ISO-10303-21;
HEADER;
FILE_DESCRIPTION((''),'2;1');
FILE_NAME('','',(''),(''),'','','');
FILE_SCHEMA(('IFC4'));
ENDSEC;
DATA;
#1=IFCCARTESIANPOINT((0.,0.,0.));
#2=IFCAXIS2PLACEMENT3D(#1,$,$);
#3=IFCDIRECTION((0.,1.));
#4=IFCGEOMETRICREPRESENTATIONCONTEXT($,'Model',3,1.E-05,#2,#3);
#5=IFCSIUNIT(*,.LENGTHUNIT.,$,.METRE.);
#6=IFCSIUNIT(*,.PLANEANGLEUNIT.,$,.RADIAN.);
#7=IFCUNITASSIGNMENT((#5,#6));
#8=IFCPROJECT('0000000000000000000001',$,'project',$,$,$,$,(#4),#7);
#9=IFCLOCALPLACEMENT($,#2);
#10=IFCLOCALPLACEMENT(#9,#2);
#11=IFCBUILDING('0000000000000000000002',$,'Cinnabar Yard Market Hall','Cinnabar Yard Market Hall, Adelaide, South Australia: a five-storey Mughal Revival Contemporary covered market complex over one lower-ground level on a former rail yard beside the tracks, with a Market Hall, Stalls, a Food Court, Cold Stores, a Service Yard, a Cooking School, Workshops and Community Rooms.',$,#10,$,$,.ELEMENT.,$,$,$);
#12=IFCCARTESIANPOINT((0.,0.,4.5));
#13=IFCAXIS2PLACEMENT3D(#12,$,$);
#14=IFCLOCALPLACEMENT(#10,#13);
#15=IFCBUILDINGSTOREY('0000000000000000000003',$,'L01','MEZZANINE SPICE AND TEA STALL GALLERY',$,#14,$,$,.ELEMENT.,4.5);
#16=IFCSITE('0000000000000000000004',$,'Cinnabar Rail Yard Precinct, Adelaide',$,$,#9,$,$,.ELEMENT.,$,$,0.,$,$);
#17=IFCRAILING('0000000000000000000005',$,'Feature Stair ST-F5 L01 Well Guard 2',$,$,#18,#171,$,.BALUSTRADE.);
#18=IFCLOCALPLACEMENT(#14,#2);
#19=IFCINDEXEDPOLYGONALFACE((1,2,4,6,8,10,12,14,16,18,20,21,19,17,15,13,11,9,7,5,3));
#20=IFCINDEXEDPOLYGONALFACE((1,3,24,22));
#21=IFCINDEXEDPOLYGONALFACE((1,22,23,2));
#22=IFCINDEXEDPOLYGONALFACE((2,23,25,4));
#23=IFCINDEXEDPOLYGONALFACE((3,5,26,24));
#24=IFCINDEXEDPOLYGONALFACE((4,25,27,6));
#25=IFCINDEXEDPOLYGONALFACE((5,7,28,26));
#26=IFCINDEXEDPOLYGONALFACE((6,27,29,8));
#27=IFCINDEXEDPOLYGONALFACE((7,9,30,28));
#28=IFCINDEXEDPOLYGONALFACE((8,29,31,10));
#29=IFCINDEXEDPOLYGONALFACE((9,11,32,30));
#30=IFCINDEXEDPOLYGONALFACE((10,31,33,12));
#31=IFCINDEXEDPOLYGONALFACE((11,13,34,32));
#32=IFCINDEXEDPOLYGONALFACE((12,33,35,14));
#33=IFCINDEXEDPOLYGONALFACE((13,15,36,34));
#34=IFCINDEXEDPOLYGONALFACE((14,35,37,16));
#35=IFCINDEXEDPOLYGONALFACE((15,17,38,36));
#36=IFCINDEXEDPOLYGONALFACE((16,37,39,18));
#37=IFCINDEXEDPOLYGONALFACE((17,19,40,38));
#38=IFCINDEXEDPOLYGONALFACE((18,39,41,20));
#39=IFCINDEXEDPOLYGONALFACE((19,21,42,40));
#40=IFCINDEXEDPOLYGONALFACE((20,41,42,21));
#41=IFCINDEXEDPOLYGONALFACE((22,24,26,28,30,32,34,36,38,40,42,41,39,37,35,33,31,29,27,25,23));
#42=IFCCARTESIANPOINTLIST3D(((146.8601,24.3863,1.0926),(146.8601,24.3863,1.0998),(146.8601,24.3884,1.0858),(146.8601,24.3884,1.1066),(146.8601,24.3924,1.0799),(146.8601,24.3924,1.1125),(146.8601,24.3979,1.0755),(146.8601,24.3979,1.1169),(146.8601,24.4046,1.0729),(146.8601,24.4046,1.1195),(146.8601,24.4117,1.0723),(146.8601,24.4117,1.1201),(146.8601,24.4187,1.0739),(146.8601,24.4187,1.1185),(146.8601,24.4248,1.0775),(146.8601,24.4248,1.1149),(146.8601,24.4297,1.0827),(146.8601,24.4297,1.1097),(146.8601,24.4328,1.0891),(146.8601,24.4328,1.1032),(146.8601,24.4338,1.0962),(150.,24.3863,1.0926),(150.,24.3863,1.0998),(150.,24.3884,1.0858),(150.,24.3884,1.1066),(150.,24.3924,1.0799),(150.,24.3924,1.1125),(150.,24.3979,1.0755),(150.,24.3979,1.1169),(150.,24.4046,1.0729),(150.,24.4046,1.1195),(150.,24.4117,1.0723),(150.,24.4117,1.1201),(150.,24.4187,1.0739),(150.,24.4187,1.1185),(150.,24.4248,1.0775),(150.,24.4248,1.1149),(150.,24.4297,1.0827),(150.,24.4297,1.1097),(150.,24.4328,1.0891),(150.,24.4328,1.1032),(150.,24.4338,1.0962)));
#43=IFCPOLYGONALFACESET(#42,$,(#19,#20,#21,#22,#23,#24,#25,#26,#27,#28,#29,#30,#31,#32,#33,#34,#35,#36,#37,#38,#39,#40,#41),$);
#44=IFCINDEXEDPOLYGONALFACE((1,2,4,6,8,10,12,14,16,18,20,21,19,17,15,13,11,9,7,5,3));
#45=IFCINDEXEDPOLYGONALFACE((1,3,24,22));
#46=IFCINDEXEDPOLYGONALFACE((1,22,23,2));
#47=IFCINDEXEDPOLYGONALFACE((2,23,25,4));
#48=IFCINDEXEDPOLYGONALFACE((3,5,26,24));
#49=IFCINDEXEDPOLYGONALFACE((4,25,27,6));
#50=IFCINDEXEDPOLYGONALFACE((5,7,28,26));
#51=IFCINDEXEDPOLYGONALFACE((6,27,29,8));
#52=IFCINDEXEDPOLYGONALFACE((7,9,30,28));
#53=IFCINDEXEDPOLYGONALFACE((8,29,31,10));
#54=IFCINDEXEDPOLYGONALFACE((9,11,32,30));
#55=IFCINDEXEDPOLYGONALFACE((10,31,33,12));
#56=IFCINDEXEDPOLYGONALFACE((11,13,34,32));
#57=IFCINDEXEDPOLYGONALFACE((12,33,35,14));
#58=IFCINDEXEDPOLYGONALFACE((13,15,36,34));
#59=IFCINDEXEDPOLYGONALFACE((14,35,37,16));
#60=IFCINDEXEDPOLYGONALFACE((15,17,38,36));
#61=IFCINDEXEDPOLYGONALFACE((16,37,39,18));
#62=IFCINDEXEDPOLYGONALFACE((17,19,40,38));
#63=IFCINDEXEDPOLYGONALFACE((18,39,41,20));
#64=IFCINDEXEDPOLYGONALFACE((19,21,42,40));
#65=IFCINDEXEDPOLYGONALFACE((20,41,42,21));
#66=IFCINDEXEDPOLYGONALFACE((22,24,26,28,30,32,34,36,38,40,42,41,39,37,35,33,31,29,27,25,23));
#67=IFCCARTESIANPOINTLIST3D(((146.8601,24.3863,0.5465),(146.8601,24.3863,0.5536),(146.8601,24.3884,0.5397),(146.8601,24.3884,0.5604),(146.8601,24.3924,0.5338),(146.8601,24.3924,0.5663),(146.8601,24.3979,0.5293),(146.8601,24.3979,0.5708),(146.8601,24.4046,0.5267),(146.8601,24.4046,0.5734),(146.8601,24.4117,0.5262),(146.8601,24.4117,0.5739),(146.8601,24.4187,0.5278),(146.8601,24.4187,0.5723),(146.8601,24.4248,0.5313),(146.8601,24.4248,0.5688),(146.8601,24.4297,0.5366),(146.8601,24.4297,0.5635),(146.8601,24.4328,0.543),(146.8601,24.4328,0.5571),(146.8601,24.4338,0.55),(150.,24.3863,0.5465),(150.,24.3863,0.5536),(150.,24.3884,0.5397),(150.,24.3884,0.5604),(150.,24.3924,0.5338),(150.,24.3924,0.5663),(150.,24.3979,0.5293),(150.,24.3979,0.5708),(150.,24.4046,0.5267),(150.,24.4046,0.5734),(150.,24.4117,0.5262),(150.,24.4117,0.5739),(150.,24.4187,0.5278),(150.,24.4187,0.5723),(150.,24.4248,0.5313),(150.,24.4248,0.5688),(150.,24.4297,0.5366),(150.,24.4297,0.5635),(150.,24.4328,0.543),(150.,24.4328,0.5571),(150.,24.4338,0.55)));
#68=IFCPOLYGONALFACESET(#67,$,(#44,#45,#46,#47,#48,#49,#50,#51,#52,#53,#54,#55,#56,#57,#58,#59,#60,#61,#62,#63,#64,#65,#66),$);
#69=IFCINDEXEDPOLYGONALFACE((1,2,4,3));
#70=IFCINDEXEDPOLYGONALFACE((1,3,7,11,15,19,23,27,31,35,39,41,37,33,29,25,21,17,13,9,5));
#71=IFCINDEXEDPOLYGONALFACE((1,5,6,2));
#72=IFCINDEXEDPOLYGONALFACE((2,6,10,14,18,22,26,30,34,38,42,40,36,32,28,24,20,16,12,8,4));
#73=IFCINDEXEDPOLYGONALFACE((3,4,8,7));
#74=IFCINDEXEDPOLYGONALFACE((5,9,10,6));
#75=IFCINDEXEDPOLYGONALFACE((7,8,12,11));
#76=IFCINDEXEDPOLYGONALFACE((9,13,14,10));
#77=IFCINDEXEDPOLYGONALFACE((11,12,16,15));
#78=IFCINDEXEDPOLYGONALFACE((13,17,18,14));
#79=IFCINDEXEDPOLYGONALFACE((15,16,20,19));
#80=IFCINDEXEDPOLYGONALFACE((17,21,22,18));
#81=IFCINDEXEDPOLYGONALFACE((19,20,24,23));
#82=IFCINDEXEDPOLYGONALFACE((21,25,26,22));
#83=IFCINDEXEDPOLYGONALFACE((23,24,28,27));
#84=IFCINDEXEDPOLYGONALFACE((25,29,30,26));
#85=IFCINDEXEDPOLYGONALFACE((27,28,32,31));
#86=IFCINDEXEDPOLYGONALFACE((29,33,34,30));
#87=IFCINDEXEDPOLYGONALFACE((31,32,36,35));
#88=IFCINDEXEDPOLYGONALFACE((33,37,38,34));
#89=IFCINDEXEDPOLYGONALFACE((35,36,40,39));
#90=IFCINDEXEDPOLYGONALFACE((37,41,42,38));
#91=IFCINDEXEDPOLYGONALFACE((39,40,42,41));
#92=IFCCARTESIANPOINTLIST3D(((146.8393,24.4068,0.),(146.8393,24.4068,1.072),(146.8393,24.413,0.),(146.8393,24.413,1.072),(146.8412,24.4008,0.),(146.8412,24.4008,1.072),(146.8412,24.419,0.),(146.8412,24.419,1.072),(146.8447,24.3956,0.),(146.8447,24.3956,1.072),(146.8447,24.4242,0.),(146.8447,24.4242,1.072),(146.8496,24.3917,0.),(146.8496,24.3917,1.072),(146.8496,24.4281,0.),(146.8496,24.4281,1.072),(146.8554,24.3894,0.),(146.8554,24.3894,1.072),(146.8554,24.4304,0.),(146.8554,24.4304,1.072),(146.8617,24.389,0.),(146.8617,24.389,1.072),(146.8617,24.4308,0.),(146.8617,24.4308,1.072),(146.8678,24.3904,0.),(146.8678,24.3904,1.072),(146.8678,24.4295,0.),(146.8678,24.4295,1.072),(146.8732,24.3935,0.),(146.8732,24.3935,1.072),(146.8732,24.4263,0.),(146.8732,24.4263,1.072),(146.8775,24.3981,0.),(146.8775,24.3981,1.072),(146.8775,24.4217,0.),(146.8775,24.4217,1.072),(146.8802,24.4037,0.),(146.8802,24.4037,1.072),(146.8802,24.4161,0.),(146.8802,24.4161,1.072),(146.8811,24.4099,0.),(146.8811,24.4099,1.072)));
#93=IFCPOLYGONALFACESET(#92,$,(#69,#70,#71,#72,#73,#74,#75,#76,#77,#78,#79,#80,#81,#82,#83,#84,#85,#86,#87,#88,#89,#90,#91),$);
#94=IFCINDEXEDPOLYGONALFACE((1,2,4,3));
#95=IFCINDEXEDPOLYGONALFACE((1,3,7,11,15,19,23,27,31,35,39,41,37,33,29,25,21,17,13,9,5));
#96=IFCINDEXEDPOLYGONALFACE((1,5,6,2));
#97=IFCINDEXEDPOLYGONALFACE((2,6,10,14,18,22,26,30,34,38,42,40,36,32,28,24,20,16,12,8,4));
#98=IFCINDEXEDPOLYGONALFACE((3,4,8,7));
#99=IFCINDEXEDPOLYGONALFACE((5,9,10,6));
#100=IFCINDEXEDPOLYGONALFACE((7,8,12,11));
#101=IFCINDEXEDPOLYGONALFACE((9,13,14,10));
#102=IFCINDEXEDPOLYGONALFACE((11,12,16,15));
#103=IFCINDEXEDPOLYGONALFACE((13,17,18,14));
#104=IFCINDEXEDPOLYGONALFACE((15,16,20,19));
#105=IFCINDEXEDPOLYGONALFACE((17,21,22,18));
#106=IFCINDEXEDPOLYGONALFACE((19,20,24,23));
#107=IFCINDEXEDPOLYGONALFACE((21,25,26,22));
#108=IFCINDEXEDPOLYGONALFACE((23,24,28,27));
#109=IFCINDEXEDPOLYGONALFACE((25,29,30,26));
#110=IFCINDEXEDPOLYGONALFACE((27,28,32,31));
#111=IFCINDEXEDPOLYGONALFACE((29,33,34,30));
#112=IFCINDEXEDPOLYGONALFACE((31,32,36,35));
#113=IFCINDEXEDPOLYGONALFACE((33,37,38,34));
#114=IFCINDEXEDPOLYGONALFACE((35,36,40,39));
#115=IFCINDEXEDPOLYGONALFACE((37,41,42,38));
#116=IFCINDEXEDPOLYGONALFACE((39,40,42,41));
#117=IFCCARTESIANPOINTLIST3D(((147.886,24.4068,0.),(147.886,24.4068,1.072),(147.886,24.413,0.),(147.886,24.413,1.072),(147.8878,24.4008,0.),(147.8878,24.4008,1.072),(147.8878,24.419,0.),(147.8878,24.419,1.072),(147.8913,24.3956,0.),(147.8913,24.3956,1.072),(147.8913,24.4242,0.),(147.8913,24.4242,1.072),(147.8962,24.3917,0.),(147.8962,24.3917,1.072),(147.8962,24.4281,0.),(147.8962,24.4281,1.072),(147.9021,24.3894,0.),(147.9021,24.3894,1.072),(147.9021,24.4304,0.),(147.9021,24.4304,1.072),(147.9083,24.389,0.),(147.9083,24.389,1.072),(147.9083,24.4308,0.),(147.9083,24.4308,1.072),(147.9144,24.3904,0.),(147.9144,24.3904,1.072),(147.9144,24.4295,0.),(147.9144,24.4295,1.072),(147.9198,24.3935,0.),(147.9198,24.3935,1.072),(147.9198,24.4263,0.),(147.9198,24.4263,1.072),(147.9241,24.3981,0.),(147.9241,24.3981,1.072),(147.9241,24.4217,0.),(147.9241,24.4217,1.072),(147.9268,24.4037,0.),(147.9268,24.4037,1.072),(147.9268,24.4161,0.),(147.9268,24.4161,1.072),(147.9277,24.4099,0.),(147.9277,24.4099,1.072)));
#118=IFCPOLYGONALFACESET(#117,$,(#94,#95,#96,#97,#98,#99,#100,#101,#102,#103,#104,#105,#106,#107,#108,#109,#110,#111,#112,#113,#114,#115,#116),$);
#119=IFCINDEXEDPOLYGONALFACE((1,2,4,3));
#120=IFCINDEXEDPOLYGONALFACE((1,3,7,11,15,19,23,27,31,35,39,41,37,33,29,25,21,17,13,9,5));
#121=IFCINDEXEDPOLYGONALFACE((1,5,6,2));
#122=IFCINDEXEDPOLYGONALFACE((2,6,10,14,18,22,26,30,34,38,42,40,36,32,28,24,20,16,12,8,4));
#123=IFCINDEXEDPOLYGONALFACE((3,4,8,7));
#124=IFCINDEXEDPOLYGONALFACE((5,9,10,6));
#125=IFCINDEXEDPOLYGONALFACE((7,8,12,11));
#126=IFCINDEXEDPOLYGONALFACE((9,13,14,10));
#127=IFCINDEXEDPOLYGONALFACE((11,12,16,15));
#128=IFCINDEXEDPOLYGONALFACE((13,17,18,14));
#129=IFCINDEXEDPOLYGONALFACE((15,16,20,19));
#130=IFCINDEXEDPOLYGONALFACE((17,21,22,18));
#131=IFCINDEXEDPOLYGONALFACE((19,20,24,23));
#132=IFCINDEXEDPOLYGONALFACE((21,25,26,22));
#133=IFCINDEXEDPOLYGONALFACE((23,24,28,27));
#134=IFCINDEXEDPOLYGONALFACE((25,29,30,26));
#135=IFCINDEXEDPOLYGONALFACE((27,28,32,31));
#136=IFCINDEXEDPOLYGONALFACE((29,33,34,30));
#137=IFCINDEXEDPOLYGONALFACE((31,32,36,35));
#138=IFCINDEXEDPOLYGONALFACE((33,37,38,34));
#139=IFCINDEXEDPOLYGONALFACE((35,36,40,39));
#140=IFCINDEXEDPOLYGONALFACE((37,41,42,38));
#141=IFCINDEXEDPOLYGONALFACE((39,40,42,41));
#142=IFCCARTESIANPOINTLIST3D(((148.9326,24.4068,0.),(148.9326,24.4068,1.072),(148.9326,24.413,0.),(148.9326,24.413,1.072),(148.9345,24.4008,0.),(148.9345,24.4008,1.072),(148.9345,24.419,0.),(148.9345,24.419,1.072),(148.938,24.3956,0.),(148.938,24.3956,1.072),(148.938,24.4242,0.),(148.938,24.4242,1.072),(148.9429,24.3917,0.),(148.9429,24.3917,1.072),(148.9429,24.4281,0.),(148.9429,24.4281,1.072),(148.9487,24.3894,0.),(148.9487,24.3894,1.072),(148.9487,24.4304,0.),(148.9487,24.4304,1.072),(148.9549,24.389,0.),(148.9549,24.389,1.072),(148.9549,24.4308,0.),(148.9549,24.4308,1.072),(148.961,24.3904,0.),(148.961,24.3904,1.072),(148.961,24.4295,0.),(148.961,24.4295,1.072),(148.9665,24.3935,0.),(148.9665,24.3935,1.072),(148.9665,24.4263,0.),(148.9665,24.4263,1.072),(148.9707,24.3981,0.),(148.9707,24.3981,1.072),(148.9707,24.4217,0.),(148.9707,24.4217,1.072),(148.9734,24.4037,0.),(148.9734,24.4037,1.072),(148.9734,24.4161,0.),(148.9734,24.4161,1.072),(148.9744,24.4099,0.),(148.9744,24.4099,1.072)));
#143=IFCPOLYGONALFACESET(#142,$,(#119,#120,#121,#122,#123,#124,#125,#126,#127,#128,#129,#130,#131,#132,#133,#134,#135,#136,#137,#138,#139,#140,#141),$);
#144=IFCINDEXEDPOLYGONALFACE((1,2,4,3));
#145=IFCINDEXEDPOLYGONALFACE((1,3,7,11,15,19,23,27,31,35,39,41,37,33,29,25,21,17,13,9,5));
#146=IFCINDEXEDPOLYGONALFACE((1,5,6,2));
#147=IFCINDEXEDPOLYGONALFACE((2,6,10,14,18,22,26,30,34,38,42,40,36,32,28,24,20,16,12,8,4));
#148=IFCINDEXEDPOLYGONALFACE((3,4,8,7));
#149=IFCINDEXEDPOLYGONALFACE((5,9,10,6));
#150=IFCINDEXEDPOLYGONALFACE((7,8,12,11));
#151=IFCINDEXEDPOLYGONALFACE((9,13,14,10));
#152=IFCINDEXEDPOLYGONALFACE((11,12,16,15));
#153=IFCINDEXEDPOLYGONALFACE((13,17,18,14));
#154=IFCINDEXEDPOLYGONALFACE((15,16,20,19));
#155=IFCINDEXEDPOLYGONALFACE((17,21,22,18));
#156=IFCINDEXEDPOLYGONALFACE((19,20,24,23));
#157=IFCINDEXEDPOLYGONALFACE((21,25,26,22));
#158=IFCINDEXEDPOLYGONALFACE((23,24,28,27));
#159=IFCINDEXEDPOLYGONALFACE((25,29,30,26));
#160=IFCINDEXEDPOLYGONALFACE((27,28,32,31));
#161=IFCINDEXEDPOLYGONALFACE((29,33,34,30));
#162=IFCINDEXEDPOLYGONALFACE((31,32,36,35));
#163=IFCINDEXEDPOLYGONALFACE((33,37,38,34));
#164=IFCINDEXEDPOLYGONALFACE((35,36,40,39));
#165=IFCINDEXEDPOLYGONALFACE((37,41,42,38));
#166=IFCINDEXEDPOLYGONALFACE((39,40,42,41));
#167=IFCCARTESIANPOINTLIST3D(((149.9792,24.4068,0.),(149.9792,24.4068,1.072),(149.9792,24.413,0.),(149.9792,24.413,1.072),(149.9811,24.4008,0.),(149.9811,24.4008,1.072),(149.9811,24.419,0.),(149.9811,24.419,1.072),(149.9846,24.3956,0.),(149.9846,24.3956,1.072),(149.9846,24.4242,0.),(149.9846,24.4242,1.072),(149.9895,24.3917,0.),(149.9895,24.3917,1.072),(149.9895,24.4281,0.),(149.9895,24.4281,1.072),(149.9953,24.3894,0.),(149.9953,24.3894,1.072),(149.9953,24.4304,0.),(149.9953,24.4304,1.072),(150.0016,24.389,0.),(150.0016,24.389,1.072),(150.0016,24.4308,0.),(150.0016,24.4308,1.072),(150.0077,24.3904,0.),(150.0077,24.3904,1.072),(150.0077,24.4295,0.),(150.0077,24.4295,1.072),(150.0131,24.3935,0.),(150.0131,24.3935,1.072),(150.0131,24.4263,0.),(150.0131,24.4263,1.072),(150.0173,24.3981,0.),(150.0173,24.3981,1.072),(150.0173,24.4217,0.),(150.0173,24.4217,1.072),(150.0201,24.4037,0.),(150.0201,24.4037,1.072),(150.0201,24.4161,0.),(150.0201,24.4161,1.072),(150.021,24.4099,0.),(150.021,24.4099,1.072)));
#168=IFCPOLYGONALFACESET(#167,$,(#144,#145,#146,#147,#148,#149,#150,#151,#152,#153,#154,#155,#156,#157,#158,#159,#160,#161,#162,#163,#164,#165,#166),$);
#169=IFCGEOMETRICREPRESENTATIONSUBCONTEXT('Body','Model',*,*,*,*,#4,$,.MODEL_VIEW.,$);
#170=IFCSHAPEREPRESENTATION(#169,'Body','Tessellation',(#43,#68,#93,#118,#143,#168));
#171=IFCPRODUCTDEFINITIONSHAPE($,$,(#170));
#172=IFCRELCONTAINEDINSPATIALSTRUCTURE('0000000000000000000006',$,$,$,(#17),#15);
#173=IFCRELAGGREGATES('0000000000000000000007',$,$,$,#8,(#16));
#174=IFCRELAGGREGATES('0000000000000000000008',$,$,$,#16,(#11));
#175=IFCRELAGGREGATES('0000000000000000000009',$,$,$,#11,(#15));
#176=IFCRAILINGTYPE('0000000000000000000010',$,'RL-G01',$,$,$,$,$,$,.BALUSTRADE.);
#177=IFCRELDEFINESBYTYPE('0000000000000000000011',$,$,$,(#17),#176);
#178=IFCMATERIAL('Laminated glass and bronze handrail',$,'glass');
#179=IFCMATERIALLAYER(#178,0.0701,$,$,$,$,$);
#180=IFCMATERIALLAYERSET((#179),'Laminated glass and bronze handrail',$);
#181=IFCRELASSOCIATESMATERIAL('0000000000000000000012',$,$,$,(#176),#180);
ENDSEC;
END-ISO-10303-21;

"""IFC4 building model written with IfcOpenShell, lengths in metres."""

from ifc_helpers import new_model, si_unit, direction, frame, origin, origin_2d_with_axis, place, context, subcontext, project, spatial, circle, extrude, material, layer, layer_set, type_object, element, save


model = new_model("IFC4")

# Units and contexts
model_context = context("Model", 3, precision=1e-05, world=origin(), true_north=direction((0.0, 1.0)))
body_context = subcontext(model_context, "Body", "Model", "MODEL_VIEW")
ifc_project = project(units=[si_unit("LENGTHUNIT", "METRE"), si_unit("PLANEANGLEUNIT", "RADIAN")], contexts=[model_context])

# Site, building, storey
site_placement = place(None, origin())
site = spatial("IfcSite", under=ifc_project, at=site_placement, Name="Cinnabar Rail Yard Precinct, Adelaide", CompositionType="ELEMENT", RefElevation=0.0)
building_placement = place(site_placement, origin())
building = spatial("IfcBuilding", under=site, at=building_placement, Name="Cinnabar Yard Market Hall", Description="Cinnabar Yard Market Hall, Adelaide, South Australia: a five-storey Mughal Revival Contemporary covered market complex over one lower-ground level on a former rail yard beside the tracks, with a Market Hall, Stalls, a Food Court, Cold Stores, a Service Yard, a Cooking School, Workshops and Community Rooms.", CompositionType="ELEMENT")
storey_placement = place(building_placement, frame((0.0, 0.0, 4.5)))
storey = spatial("IfcBuildingStorey", under=building, at=storey_placement, Name="L01", Description="MEZZANINE SPICE AND TEA STALL GALLERY", CompositionType="ELEMENT", Elevation=4.5)

# Railing
ifc_material_1 = material(Name="Laminated glass and bronze handrail", Category="glass")
ifc_layer_1 = layer(ifc_material_1, 0.0701)
ifc_layer_set_1 = layer_set([ifc_layer_1], Name="Laminated glass and bronze handrail")
railing_type_1 = type_object("IfcRailingType", Name="RL-G01", PredefinedType="BALUSTRADE", material=ifc_layer_set_1)
railing_1_placement = place(storey_placement, frame((146.8601, 24.4099, 0.0)))
element("IfcRailing", 1, at=railing_1_placement, inside=storey, type_object=railing_type_1, Name="Feature Stair ST-F5 L01 Well Guard 2", PredefinedType="BALUSTRADE", context=body_context, shape_type="SweptSolid", body=[
    extrude(circle(Radius=0.0239, at=origin_2d_with_axis()), frame((0.0, 0.0, 1.0962), z_axis=(1.0, 0.0, 0.0), x_axis=(0.0, 1.0, 0.0)), (0.0, 0.0, 1.0), 3.1399),
    extrude(circle(Radius=0.0239, at=origin_2d_with_axis()), frame((0.0, 0.0, 0.55), z_axis=(1.0, 0.0, 0.0), x_axis=(0.0, 1.0, 0.0)), (0.0, 0.0, 1.0), 3.1399),
    extrude(circle(Radius=0.021, at=origin_2d_with_axis()), origin(), (0.0, 0.0, 1.0), 1.072),
    extrude(circle(Radius=0.021, at=origin_2d_with_axis()), frame((1.0466, 0.0, 0.0)), (0.0, 0.0, 1.0), 1.072),
    extrude(circle(Radius=0.021, at=origin_2d_with_axis()), frame((2.0933, 0.0, 0.0)), (0.0, 0.0, 1.0), 1.072),
    extrude(circle(Radius=0.021, at=origin_2d_with_axis()), frame((3.1399, 0.0, 0.0)), (0.0, 0.0, 1.0), 1.072),
])

save(model, "model.ifc")
